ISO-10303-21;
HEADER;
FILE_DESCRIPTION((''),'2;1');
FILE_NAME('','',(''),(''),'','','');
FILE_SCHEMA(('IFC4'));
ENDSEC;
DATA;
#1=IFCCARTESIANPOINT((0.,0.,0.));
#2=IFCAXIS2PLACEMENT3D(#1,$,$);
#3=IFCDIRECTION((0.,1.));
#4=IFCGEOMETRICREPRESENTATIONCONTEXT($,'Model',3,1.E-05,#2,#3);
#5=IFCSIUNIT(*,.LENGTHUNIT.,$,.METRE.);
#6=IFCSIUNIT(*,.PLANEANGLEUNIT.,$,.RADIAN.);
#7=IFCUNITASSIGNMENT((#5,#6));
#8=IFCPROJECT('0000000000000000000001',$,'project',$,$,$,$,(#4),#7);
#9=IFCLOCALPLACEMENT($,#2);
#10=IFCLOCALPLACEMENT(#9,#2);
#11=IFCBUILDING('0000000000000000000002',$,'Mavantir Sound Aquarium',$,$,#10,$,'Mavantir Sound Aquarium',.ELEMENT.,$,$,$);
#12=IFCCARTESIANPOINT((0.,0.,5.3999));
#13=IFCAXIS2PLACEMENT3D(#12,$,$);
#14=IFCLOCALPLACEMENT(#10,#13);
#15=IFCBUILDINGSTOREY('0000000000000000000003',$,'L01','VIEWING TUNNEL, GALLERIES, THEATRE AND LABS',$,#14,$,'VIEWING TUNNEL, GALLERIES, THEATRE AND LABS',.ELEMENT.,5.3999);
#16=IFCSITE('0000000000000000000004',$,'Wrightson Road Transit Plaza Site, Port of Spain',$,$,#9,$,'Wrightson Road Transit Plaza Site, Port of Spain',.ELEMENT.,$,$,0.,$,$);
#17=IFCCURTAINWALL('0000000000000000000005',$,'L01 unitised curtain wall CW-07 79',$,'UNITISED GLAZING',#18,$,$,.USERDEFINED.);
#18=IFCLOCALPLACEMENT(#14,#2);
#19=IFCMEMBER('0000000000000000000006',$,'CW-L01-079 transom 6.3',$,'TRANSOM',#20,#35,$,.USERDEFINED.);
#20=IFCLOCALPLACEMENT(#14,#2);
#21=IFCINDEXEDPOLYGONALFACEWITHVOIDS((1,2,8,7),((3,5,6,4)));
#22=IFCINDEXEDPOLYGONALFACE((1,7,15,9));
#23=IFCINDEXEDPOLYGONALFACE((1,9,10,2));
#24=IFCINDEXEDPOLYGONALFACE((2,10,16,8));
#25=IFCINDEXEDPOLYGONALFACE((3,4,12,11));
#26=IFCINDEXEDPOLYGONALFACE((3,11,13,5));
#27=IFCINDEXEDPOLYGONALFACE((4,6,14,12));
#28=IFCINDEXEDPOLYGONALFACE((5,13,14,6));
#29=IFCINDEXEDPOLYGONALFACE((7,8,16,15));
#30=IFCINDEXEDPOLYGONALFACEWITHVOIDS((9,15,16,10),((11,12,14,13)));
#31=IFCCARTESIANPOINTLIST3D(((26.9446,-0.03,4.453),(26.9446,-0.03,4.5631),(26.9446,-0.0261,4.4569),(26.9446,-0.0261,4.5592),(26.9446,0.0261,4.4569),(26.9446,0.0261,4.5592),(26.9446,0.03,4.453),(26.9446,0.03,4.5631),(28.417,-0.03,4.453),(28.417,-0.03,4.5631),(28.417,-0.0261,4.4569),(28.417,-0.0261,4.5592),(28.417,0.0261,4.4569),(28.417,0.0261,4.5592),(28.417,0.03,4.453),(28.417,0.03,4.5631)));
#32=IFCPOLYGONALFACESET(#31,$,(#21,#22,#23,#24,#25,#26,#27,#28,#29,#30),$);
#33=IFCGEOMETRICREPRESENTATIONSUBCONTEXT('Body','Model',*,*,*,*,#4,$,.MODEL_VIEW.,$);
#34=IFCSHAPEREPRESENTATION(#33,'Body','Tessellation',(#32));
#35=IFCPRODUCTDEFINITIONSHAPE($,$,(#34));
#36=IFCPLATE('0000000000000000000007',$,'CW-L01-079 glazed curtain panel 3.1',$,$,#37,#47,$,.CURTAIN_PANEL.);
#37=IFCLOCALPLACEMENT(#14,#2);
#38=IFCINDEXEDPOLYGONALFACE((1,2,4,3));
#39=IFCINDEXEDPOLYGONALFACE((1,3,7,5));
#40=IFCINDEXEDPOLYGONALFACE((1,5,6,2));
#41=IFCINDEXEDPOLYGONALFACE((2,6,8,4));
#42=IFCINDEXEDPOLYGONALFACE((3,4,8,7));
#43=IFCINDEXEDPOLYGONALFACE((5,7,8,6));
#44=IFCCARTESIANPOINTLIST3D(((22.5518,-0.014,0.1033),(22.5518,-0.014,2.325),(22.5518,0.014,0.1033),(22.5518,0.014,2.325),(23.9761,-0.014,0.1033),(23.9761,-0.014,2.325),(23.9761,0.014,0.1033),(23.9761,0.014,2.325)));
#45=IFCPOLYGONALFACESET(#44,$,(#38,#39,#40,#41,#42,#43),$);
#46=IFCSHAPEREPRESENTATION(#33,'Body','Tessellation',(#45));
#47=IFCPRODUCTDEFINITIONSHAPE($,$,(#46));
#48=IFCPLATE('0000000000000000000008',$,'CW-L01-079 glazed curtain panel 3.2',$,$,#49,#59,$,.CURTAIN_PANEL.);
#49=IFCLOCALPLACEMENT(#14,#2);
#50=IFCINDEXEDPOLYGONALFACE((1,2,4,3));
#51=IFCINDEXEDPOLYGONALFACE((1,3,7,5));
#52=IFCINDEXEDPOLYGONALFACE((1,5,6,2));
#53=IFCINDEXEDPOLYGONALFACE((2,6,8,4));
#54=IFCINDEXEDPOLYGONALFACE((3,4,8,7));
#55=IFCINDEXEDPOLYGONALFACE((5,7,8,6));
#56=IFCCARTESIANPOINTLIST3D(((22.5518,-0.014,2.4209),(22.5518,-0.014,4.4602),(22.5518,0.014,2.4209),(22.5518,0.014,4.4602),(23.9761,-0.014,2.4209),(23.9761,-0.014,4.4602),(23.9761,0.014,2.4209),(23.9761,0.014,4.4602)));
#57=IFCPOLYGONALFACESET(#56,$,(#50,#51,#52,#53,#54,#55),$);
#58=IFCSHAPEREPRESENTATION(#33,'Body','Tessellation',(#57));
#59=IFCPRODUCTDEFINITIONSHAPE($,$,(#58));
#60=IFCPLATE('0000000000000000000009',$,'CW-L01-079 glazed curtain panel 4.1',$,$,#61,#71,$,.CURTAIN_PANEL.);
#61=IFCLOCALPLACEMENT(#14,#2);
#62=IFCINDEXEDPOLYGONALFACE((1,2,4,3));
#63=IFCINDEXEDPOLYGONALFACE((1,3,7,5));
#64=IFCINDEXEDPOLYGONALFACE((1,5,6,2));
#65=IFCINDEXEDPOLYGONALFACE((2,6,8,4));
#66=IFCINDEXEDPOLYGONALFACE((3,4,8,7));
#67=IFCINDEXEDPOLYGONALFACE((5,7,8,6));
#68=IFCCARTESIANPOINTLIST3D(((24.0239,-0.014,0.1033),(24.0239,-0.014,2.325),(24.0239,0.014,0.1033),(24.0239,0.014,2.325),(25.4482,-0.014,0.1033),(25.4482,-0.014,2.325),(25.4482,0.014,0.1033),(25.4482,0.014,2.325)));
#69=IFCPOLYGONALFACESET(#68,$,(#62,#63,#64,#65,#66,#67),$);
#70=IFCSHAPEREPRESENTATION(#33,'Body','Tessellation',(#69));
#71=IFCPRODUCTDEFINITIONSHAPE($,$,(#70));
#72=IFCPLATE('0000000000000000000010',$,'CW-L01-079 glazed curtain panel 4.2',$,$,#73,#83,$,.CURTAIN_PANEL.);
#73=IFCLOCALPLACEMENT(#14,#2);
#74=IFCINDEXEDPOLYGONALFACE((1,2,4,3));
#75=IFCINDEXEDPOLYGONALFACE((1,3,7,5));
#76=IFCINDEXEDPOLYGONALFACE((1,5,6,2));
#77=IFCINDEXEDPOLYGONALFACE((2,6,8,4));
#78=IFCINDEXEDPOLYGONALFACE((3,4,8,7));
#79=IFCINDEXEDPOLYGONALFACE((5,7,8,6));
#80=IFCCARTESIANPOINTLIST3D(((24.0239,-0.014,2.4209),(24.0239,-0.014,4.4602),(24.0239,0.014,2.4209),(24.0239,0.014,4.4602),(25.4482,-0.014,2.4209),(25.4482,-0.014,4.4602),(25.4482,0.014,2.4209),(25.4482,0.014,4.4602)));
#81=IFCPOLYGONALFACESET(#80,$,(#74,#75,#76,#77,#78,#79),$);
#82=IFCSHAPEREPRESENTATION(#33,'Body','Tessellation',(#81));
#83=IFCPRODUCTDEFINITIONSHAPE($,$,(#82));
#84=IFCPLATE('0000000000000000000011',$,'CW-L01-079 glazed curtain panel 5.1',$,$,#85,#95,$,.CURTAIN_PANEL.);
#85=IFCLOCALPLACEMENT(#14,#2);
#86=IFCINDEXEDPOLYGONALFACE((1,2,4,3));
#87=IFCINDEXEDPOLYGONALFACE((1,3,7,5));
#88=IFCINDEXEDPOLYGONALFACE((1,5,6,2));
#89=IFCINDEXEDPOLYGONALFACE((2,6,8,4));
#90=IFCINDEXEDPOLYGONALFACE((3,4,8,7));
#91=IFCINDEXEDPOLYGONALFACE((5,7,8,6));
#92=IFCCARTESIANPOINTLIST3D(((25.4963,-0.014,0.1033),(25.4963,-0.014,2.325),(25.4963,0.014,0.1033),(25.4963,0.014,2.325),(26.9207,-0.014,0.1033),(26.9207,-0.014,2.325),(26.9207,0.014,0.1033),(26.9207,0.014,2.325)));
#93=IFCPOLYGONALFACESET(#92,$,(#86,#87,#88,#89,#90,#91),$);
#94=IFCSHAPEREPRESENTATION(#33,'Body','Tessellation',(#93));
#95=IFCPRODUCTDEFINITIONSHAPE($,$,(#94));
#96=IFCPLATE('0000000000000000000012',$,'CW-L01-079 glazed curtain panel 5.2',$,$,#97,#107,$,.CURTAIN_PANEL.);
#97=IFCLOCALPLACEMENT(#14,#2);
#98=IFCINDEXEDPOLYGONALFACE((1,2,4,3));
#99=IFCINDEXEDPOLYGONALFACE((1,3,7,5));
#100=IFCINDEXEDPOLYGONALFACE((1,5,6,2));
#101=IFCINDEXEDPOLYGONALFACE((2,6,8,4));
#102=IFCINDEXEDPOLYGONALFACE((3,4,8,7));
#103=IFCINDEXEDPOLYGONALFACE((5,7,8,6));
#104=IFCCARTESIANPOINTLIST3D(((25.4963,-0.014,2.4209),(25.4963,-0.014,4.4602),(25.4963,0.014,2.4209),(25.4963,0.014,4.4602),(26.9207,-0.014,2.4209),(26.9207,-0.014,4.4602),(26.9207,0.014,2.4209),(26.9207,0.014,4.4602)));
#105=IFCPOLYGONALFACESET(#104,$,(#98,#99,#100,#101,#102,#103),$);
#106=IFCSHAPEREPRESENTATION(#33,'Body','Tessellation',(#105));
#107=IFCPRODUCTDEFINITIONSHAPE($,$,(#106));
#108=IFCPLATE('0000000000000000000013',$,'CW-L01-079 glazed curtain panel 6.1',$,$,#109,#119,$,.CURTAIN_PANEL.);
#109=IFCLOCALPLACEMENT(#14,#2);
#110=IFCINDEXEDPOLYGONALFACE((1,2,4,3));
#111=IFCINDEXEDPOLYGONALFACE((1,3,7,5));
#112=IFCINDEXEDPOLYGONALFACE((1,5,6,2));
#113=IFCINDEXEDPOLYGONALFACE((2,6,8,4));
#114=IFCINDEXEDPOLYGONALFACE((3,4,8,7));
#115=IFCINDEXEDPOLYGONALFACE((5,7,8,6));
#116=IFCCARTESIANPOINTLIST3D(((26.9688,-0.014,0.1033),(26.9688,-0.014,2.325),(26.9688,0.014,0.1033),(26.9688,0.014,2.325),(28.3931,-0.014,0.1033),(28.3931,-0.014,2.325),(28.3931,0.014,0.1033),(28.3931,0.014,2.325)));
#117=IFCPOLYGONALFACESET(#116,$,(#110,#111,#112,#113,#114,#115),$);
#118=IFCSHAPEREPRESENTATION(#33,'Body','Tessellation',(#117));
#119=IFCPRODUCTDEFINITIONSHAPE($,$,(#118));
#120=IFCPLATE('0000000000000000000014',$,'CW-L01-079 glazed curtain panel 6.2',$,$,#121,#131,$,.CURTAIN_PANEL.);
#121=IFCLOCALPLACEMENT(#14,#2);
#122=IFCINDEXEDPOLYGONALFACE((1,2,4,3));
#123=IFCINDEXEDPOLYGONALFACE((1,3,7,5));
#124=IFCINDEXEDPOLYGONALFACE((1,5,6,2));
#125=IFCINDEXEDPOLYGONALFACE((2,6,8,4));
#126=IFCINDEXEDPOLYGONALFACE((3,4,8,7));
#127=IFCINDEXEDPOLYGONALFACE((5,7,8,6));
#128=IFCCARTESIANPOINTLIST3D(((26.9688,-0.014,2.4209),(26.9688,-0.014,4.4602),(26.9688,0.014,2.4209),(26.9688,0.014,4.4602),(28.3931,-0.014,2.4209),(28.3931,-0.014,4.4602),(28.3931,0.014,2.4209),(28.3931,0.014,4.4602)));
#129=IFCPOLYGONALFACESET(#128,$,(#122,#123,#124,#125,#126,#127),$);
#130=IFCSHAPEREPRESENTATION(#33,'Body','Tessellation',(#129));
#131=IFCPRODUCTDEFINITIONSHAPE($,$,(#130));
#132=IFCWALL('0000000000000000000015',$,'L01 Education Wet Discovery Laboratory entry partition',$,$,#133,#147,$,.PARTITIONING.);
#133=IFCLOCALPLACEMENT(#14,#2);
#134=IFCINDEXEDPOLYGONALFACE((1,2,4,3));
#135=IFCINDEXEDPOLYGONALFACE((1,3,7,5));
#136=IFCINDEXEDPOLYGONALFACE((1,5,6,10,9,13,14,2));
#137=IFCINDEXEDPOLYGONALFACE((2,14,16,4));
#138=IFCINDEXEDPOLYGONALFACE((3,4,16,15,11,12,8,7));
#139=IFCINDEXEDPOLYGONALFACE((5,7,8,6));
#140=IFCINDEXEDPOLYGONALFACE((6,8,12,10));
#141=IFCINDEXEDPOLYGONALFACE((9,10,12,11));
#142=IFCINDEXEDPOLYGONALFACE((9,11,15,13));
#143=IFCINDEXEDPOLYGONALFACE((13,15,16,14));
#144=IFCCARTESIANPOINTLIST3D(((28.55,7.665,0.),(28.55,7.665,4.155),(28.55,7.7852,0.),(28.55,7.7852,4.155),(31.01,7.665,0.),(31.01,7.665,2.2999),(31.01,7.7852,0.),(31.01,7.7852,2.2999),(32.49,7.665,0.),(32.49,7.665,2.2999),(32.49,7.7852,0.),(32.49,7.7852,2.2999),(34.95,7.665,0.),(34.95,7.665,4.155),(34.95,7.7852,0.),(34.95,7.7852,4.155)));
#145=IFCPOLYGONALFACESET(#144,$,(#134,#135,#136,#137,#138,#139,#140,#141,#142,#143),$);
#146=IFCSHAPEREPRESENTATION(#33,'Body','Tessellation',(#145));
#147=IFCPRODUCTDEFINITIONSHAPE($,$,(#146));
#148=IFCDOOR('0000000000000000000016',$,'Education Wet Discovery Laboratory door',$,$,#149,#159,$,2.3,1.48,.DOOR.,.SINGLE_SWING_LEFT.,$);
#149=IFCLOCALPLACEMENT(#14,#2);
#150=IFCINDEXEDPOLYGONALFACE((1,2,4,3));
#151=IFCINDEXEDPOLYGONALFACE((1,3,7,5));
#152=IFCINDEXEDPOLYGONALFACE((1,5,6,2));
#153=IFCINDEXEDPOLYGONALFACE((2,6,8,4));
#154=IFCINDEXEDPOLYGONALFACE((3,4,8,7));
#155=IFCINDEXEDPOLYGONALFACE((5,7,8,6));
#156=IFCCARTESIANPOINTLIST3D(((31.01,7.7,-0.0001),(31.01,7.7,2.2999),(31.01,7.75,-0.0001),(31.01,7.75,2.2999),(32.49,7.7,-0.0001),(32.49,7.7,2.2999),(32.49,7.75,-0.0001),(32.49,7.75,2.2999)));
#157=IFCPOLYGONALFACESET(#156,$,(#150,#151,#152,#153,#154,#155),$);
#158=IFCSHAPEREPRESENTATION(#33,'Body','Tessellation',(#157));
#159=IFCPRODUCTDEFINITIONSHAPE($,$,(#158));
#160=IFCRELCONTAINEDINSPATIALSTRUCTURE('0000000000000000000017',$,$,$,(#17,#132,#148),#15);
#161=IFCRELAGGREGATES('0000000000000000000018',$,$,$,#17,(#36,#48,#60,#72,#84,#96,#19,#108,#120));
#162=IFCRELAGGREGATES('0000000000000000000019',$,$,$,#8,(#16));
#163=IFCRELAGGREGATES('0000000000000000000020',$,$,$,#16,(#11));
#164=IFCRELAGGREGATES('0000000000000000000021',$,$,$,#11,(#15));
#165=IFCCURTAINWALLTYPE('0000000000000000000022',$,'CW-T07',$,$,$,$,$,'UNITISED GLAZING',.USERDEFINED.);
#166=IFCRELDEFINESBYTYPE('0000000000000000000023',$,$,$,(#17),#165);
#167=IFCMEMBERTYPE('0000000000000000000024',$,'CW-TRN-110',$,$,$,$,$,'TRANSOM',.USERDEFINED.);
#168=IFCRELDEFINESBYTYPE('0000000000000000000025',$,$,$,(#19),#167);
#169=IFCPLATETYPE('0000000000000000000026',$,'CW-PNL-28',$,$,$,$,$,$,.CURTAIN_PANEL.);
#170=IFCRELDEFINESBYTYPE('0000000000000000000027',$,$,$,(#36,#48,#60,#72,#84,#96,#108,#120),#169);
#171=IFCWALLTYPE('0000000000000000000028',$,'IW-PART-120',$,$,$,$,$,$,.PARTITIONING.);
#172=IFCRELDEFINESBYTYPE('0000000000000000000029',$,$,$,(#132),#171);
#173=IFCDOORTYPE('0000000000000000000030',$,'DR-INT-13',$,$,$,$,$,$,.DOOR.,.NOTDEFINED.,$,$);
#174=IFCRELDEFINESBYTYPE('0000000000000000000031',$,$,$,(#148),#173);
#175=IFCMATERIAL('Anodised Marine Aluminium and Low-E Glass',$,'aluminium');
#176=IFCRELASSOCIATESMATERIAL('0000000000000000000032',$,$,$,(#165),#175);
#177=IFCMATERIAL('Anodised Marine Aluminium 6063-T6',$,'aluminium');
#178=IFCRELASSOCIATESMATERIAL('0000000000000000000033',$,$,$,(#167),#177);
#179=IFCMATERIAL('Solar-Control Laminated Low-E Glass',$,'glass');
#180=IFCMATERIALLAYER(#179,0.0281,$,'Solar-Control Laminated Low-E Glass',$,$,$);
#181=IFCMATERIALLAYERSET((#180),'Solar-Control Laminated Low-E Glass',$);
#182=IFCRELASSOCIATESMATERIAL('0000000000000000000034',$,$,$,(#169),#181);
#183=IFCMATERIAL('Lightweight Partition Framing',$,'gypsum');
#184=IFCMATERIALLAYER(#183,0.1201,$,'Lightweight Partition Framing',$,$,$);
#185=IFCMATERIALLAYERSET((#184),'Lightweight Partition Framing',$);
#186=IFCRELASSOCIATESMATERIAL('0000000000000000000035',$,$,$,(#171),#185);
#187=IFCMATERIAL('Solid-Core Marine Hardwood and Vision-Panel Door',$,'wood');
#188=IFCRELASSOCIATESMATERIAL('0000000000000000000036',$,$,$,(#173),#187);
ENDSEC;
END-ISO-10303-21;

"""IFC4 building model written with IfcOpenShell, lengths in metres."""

from ifc_helpers import new_model, si_unit, direction, frame, frame_2d, origin, origin_2d, place, context, subcontext, project, spatial, rectangle, hollow_rectangle, extrude, material, layer, layer_set, material_profile, profile_set, type_object, element, fill, aggregate, save


model = new_model("IFC4")

# Units and contexts
model_context = context("Model", 3, precision=1e-05, world=origin(), true_north=direction((0.0, 1.0)))
body_context = subcontext(model_context, "Body", "Model", "MODEL_VIEW")
ifc_project = project(units=[si_unit("LENGTHUNIT", "METRE"), si_unit("PLANEANGLEUNIT", "RADIAN")], contexts=[model_context])

# Site, building, storey
site_placement = place(None, origin())
site = spatial("IfcSite", under=ifc_project, at=site_placement, Name="Wrightson Road Transit Plaza Site, Port of Spain", LongName="Wrightson Road Transit Plaza Site, Port of Spain", CompositionType="ELEMENT", RefElevation=0.0)
building_placement = place(site_placement, origin())
building = spatial("IfcBuilding", under=site, at=building_placement, Name="Mavantir Sound Aquarium", LongName="Mavantir Sound Aquarium", CompositionType="ELEMENT")
storey_placement = place(building_placement, frame((0.0, 0.0, 5.3999)))
storey = spatial("IfcBuildingStorey", under=building, at=storey_placement, Name="L01", Description="VIEWING TUNNEL, GALLERIES, THEATRE AND LABS", LongName="VIEWING TUNNEL, GALLERIES, THEATRE AND LABS", CompositionType="ELEMENT", Elevation=5.3999)

# Curtain wall, member, plates
ifc_material_1 = material(Name="Anodised Marine Aluminium and Low-E Glass", Category="aluminium")
curtain_wall_type = type_object("IfcCurtainWallType", Name="CW-T07", ElementType="UNITISED GLAZING", PredefinedType="USERDEFINED", material=ifc_material_1)
curtain_wall_placement = place(storey_placement, origin())
curtain_wall = element("IfcCurtainWall", 1, at=curtain_wall_placement, inside=storey, type_object=curtain_wall_type, Name="L01 unitised curtain wall CW-07 79", ObjectType="UNITISED GLAZING", PredefinedType="USERDEFINED")
ifc_material_2 = material(Name="Anodised Marine Aluminium 6063-T6", Category="aluminium")
ifc_material_profile_1 = material_profile(ifc_material_2, hollow_rectangle(XDim=0.0601, YDim=0.1101, WallThickness=0.0039, at=origin_2d()), Name="ALU-TRANSOM-110X60")
ifc_profile_set_1 = profile_set([ifc_material_profile_1], Name="Anodised Marine Aluminium 6063-T6")
member_type_1 = type_object("IfcMemberType", Name="CW-TRN-110", ElementType="TRANSOM", PredefinedType="USERDEFINED", material=ifc_profile_set_1)
member_1_placement = place(storey_placement, frame((26.9446, 0.0, 4.5081), z_axis=(1.0, 0.0, 0.0), x_axis=(0.0, 1.0, 0.0)))
member_1 = element("IfcMember", 2, at=member_1_placement, type_object=member_type_1, Name="CW-L01-079 transom 6.3", ObjectType="TRANSOM", PredefinedType="USERDEFINED", context=body_context, shape_type="SweptSolid", body=[
    extrude(hollow_rectangle(XDim=0.0601, YDim=0.1101, WallThickness=0.0039, at=origin_2d()), origin(), (0.0, 0.0, 1.0), 1.4724),
])
ifc_material_3 = material(Name="Solar-Control Laminated Low-E Glass", Category="glass")
ifc_layer_1 = layer(ifc_material_3, 0.0281, Name="Solar-Control Laminated Low-E Glass")
ifc_layer_set_1 = layer_set([ifc_layer_1], Name="Solar-Control Laminated Low-E Glass")
plate_type = type_object("IfcPlateType", Name="CW-PNL-28", PredefinedType="CURTAIN_PANEL", material=ifc_layer_set_1)
plate_1_placement = place(storey_placement, frame((23.2639, 0.0, 0.1033), z_axis=(0.0, 0.0, 1.0), x_axis=(1.0, 0.0, 0.0)))
plate_1 = element("IfcPlate", 3, at=plate_1_placement, type_object=plate_type, Name="CW-L01-079 glazed curtain panel 3.1", PredefinedType="CURTAIN_PANEL", context=body_context, shape_type="SweptSolid", body=[
    extrude(rectangle(XDim=1.4243, YDim=0.0281, at=origin_2d()), origin(), (0.0, 0.0, 1.0), 2.2217),
])
plate_2_placement = place(storey_placement, frame((23.2639, 0.0, 2.4209), z_axis=(0.0, 0.0, 1.0), x_axis=(1.0, 0.0, 0.0)))
plate_2 = element("IfcPlate", 4, at=plate_2_placement, type_object=plate_type, Name="CW-L01-079 glazed curtain panel 3.2", PredefinedType="CURTAIN_PANEL", context=body_context, shape_type="SweptSolid", body=[
    extrude(rectangle(XDim=1.4243, YDim=0.0281, at=origin_2d()), origin(), (0.0, 0.0, 1.0), 2.0393),
])
plate_3_placement = place(storey_placement, frame((24.7361, 0.0, 0.1033), z_axis=(0.0, 0.0, 1.0), x_axis=(1.0, 0.0, 0.0)))
plate_3 = element("IfcPlate", 5, at=plate_3_placement, type_object=plate_type, Name="CW-L01-079 glazed curtain panel 4.1", PredefinedType="CURTAIN_PANEL", context=body_context, shape_type="SweptSolid", body=[
    extrude(rectangle(XDim=1.4243, YDim=0.0281, at=origin_2d()), origin(), (0.0, 0.0, 1.0), 2.2217),
])
plate_4_placement = place(storey_placement, frame((24.7361, 0.0, 2.4209), z_axis=(0.0, 0.0, 1.0), x_axis=(1.0, 0.0, 0.0)))
plate_4 = element("IfcPlate", 6, at=plate_4_placement, type_object=plate_type, Name="CW-L01-079 glazed curtain panel 4.2", PredefinedType="CURTAIN_PANEL", context=body_context, shape_type="SweptSolid", body=[
    extrude(rectangle(XDim=1.4243, YDim=0.0281, at=origin_2d()), origin(), (0.0, 0.0, 1.0), 2.0393),
])
plate_5_placement = place(storey_placement, frame((26.2085, 0.0, 0.1033), z_axis=(0.0, 0.0, 1.0), x_axis=(1.0, 0.0, 0.0)))
plate_5 = element("IfcPlate", 7, at=plate_5_placement, type_object=plate_type, Name="CW-L01-079 glazed curtain panel 5.1", PredefinedType="CURTAIN_PANEL", context=body_context, shape_type="SweptSolid", body=[
    extrude(rectangle(XDim=1.4243, YDim=0.0281, at=origin_2d()), origin(), (0.0, 0.0, 1.0), 2.2217),
])
plate_6_placement = place(storey_placement, frame((26.2085, 0.0, 2.4209), z_axis=(0.0, 0.0, 1.0), x_axis=(1.0, 0.0, 0.0)))
plate_6 = element("IfcPlate", 8, at=plate_6_placement, type_object=plate_type, Name="CW-L01-079 glazed curtain panel 5.2", PredefinedType="CURTAIN_PANEL", context=body_context, shape_type="SweptSolid", body=[
    extrude(rectangle(XDim=1.4243, YDim=0.0281, at=origin_2d()), origin(), (0.0, 0.0, 1.0), 2.0393),
])
plate_7_placement = place(storey_placement, frame((27.6809, 0.0, 0.1033), z_axis=(0.0, 0.0, 1.0), x_axis=(1.0, 0.0, 0.0)))
plate_7 = element("IfcPlate", 9, at=plate_7_placement, type_object=plate_type, Name="CW-L01-079 glazed curtain panel 6.1", PredefinedType="CURTAIN_PANEL", context=body_context, shape_type="SweptSolid", body=[
    extrude(rectangle(XDim=1.4243, YDim=0.0281, at=origin_2d()), origin(), (0.0, 0.0, 1.0), 2.2217),
])
plate_8_placement = place(storey_placement, frame((27.6809, 0.0, 2.4209), z_axis=(0.0, 0.0, 1.0), x_axis=(1.0, 0.0, 0.0)))
plate_8 = element("IfcPlate", 10, at=plate_8_placement, type_object=plate_type, Name="CW-L01-079 glazed curtain panel 6.2", PredefinedType="CURTAIN_PANEL", context=body_context, shape_type="SweptSolid", body=[
    extrude(rectangle(XDim=1.4243, YDim=0.0281, at=origin_2d()), origin(), (0.0, 0.0, 1.0), 2.0393),
])
aggregate(curtain_wall, [plate_1, plate_2, plate_3, plate_4, plate_5, plate_6, member_1, plate_7, plate_8])

# Wall, opening, door
ifc_material_4 = material(Name="Lightweight Partition Framing", Category="gypsum")
ifc_layer_2 = layer(ifc_material_4, 0.1201, Name="Lightweight Partition Framing")
ifc_layer_set_2 = layer_set([ifc_layer_2], Name="Lightweight Partition Framing")
wall_type = type_object("IfcWallType", Name="IW-PART-120", PredefinedType="PARTITIONING", material=ifc_layer_set_2)
wall_placement = place(storey_placement, frame((28.55, 7.7251, 0.0), z_axis=(0.0, 0.0, 1.0), x_axis=(1.0, 0.0, 0.0)))
wall = element("IfcWall", 11, at=wall_placement, inside=storey, type_object=wall_type, Name="L01 Education Wet Discovery Laboratory entry partition", PredefinedType="PARTITIONING", context=body_context, shape_type="SweptSolid", body=[
    extrude(rectangle(XDim=6.3999, YDim=0.1201, at=frame_2d((3.2, 0.0))), origin(), (0.0, 0.0, 1.0), 4.155),
])
opening_placement = place(wall_placement, frame((2.46, 0.0, 0.0)))
opening = element("IfcOpeningElement", 12, at=opening_placement, cuts=wall, PredefinedType="OPENING", context=body_context, shape_type="SweptSolid", body=[
    extrude(rectangle(XDim=1.48, YDim=2.3, at=frame_2d((0.74, 1.1499))), frame((0.0, 0.0701, 0.0), z_axis=(0.0, -1.0, 0.0), x_axis=(1.0, 0.0, 0.0)), (0.0, 0.0, 1.0), 0.1401),
])
ifc_material_5 = material(Name="Solid-Core Marine Hardwood and Vision-Panel Door", Category="wood")
door_type = type_object("IfcDoorType", Name="DR-INT-13", OperationType="NOTDEFINED", PredefinedType="DOOR", material=ifc_material_5)
door_placement = place(opening_placement, origin())
door = element("IfcDoor", 13, at=door_placement, inside=storey, type_object=door_type, Name="Education Wet Discovery Laboratory door", OperationType="SINGLE_SWING_LEFT", OverallHeight=2.3, OverallWidth=1.48, PredefinedType="DOOR", context=body_context, shape_type="SweptSolid", body=[
    extrude(rectangle(XDim=1.48, YDim=2.3, at=frame_2d((0.74, 1.1499))), frame((0.0, 0.0249, 0.0), z_axis=(0.0, -1.0, 0.0), x_axis=(1.0, 0.0, 0.0)), (0.0, 0.0, 1.0), 0.05),
])
fill(opening, door)

save(model, "model.ifc")
